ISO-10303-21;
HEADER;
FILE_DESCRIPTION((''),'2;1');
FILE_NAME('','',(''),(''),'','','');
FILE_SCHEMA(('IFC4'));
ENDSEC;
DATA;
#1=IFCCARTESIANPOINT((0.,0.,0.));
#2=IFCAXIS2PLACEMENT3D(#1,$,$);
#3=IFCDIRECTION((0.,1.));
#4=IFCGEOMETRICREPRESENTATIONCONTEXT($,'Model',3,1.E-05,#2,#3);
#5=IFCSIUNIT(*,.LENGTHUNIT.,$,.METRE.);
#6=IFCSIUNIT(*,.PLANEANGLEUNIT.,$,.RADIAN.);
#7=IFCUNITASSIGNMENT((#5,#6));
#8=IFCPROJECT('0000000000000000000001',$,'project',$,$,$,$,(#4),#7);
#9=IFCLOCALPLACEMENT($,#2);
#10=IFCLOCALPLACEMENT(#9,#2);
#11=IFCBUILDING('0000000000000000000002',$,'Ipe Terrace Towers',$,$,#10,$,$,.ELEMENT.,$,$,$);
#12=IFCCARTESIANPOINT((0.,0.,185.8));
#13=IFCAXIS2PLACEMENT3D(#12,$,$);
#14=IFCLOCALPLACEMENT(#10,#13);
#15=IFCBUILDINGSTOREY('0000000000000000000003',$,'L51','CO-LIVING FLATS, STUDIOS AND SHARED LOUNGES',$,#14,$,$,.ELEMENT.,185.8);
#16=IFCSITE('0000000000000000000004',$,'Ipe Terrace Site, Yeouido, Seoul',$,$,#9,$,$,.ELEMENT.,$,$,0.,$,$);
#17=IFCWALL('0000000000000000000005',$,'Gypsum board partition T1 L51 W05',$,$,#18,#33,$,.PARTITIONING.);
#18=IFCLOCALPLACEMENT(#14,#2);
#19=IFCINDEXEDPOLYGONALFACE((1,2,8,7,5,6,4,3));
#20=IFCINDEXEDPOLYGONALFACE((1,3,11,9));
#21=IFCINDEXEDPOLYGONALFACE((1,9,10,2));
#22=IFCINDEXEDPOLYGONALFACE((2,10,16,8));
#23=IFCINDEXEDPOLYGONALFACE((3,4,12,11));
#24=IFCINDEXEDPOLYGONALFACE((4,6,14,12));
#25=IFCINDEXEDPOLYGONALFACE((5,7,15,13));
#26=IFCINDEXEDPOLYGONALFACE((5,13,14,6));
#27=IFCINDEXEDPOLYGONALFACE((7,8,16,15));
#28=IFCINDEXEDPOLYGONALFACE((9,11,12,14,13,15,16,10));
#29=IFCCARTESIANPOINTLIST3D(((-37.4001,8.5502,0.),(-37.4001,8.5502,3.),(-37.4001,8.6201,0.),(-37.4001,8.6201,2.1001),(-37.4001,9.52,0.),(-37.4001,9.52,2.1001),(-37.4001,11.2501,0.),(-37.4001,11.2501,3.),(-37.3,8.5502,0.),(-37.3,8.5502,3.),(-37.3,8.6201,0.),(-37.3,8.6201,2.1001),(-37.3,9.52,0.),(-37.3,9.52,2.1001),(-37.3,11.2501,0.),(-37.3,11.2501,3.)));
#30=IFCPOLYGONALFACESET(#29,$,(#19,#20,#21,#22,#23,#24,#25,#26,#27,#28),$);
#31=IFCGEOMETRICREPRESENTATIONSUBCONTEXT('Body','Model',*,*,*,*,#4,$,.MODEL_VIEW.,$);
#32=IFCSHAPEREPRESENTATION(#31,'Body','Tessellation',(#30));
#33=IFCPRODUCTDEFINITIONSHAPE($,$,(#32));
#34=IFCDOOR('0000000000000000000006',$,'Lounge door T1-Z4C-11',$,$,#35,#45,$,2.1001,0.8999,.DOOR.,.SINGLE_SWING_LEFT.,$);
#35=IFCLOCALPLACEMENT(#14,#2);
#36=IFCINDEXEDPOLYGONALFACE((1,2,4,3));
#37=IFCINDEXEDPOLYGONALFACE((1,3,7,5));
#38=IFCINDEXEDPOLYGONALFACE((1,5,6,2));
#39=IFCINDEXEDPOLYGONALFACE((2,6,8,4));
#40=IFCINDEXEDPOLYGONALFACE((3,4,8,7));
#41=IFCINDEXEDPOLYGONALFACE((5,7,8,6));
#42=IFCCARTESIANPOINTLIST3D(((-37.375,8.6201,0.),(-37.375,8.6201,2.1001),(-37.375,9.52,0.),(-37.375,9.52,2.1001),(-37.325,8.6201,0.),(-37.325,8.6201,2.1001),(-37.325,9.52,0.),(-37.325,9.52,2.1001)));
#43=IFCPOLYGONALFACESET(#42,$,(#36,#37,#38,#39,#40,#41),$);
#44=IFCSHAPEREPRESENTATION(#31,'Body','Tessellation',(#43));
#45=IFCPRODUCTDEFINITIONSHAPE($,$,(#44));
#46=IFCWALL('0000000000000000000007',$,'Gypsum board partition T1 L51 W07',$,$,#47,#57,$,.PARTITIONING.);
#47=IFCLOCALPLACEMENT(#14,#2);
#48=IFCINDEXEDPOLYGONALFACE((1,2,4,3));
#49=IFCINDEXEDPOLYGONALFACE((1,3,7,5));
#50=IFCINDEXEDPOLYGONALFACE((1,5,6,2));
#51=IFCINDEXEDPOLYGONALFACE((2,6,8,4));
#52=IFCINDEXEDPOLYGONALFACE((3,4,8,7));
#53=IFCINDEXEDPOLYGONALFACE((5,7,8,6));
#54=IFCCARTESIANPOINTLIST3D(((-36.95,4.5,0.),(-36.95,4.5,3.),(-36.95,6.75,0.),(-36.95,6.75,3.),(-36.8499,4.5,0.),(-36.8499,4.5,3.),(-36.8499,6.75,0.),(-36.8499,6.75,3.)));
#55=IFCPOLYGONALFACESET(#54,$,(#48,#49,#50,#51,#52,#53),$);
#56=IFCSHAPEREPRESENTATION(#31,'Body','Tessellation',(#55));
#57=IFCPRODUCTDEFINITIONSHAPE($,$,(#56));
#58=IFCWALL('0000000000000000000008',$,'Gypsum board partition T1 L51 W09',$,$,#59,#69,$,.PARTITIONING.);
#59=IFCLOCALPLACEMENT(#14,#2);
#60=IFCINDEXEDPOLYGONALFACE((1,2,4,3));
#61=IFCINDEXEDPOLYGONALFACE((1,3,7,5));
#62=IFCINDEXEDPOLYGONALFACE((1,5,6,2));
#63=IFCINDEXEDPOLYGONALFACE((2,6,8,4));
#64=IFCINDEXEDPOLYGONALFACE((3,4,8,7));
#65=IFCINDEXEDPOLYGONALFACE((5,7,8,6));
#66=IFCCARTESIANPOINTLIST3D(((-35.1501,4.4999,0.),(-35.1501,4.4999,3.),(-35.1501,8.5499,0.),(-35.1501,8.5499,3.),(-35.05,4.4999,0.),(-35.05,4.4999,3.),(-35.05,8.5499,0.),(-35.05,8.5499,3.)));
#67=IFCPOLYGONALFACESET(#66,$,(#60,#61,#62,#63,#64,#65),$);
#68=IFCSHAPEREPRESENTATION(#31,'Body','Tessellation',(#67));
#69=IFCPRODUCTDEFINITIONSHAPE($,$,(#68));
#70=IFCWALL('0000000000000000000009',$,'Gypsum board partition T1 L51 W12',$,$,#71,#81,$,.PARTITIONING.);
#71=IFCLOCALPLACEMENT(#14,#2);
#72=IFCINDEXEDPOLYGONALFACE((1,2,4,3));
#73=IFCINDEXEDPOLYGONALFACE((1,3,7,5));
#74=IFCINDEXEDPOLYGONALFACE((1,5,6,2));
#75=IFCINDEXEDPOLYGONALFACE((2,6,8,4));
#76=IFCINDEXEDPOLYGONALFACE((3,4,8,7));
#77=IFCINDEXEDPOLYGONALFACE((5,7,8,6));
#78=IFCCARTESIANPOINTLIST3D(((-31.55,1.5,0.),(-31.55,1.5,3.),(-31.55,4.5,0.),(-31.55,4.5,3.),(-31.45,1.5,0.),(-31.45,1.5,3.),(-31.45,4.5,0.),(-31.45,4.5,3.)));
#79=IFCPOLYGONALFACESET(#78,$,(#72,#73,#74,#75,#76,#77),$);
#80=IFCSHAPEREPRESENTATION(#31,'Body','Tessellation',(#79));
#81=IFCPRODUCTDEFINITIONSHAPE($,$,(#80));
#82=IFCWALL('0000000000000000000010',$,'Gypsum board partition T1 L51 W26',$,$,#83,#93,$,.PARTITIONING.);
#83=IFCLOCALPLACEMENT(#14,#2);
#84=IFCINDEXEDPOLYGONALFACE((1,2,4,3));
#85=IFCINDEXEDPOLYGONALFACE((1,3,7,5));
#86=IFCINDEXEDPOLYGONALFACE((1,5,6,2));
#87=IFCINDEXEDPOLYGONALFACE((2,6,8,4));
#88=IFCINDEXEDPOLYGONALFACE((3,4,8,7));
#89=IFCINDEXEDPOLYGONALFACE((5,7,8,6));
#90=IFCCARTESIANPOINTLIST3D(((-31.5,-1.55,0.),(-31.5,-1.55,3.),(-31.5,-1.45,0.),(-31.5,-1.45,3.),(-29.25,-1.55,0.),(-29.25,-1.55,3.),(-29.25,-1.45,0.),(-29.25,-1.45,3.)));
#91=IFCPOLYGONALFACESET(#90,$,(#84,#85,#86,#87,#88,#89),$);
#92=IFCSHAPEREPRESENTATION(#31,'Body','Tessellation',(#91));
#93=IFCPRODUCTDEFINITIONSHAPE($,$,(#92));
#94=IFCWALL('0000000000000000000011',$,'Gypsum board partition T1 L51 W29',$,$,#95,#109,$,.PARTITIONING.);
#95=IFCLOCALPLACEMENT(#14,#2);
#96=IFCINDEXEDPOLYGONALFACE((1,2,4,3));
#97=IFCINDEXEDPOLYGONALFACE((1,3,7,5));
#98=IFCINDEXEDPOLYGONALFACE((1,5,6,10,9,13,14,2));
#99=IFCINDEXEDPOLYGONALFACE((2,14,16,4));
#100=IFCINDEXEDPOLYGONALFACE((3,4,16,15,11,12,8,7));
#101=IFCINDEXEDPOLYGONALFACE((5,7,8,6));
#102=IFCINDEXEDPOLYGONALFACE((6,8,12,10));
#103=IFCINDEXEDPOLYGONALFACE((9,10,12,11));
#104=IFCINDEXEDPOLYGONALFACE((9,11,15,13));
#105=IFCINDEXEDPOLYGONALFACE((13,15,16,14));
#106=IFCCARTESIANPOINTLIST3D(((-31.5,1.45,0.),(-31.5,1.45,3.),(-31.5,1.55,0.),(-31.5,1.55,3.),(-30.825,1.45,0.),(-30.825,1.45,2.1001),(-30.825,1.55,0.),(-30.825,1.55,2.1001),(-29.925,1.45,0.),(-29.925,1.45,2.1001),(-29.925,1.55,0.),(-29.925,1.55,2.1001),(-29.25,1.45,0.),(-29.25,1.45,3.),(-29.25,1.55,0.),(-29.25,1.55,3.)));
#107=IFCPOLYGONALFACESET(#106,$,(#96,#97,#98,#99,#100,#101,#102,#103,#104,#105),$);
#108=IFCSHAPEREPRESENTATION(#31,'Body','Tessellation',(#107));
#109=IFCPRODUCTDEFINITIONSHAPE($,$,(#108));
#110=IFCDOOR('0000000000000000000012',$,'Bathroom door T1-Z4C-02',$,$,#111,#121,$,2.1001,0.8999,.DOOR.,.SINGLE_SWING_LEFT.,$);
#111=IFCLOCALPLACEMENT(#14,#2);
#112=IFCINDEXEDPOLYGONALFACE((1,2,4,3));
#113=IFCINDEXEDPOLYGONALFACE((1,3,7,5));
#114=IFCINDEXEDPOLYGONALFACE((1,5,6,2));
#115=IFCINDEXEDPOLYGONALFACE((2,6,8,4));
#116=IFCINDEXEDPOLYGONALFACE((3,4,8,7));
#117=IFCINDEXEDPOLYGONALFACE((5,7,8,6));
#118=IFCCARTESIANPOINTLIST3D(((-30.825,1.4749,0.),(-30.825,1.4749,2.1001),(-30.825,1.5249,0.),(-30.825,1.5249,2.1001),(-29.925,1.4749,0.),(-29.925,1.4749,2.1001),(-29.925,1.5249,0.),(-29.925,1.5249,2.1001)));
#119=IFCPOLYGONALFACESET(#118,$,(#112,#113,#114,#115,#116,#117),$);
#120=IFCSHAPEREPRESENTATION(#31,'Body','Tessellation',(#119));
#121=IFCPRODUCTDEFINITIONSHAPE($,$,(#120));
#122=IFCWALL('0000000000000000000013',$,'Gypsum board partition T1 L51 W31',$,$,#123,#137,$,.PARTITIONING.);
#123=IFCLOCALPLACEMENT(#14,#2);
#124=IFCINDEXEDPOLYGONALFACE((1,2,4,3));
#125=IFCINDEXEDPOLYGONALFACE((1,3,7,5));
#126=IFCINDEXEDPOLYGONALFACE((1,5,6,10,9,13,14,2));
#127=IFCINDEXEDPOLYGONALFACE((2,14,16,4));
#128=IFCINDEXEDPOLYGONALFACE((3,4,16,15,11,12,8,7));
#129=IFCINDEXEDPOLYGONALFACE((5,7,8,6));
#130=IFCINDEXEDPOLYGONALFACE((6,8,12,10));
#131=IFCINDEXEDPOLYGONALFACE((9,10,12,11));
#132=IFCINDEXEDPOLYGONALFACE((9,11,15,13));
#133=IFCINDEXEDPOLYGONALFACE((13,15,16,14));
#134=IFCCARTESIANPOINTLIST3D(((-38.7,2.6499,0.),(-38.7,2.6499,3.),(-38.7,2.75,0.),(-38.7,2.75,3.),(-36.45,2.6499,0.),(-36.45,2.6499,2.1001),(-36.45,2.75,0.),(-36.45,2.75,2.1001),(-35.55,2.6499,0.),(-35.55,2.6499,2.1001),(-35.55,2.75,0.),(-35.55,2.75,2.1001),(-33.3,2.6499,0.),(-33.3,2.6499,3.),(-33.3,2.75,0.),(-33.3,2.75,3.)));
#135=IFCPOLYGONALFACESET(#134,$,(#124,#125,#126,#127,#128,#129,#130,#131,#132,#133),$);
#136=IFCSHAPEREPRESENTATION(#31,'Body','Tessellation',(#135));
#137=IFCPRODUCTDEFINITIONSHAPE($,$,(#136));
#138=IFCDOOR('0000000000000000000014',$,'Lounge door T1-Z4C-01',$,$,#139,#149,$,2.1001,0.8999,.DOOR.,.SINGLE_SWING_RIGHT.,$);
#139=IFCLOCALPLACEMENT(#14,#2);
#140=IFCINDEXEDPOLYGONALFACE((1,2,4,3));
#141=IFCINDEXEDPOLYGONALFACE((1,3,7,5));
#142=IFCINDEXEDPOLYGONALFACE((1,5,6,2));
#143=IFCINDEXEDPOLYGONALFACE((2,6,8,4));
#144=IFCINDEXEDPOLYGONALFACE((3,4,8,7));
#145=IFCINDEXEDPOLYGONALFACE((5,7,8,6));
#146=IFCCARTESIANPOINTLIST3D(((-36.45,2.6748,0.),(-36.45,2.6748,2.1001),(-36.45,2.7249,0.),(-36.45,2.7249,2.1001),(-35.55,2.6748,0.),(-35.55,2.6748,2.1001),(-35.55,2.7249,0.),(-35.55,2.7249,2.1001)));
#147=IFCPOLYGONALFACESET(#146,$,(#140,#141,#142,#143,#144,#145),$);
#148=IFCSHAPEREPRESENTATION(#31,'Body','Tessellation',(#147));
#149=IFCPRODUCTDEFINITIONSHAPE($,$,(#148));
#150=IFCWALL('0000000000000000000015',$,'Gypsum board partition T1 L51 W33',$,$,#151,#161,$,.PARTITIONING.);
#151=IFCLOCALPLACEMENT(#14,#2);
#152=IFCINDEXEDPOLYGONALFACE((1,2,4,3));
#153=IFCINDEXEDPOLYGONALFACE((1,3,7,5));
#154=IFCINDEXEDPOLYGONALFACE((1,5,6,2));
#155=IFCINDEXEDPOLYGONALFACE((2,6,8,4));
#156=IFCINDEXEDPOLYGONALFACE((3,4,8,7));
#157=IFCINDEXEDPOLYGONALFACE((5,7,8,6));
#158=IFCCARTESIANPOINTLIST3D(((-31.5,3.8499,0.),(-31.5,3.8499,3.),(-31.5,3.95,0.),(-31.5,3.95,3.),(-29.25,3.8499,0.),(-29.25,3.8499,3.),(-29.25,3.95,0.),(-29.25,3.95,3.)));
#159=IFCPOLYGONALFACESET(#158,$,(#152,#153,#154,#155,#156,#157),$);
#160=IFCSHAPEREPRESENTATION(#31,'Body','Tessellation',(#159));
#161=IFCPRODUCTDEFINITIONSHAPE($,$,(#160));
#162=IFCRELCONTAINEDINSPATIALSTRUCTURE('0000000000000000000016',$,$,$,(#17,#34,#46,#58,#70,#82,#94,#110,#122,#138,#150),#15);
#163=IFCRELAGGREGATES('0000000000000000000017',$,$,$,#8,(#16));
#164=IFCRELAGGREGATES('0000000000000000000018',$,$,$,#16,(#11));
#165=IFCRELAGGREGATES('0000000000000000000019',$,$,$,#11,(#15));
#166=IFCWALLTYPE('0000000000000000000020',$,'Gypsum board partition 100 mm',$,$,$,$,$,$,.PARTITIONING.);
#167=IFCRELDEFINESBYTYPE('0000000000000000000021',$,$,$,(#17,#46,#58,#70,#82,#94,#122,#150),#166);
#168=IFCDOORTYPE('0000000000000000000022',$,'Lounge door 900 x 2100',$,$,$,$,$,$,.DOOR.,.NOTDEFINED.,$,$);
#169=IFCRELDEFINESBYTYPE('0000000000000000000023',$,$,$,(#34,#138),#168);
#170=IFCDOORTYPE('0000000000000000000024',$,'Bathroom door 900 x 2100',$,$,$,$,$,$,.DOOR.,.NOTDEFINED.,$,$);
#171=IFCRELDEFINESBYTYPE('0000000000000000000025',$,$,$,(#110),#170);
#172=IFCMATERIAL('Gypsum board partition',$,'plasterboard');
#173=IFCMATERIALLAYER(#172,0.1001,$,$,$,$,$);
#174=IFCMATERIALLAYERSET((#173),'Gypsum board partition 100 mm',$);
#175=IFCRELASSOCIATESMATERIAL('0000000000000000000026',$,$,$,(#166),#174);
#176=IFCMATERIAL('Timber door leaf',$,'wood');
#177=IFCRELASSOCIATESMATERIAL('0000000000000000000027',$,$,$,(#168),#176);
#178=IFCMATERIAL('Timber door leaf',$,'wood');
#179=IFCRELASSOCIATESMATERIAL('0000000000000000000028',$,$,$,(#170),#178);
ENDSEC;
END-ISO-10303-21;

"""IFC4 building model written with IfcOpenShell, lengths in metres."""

from ifc_helpers import new_model, si_unit, direction, frame, frame_2d, origin, place, context, subcontext, project, spatial, rectangle, extrude, material, layer, layer_set, type_object, element, fill, save


model = new_model("IFC4")

# Units and contexts
model_context = context("Model", 3, precision=1e-05, world=origin(), true_north=direction((0.0, 1.0)))
body_context = subcontext(model_context, "Body", "Model", "MODEL_VIEW")
ifc_project = project(units=[si_unit("LENGTHUNIT", "METRE"), si_unit("PLANEANGLEUNIT", "RADIAN")], contexts=[model_context])

# Site, building, storey
site_placement = place(None, origin())
site = spatial("IfcSite", under=ifc_project, at=site_placement, Name="Ipe Terrace Site, Yeouido, Seoul", CompositionType="ELEMENT", RefElevation=0.0)
building_placement = place(site_placement, origin())
building = spatial("IfcBuilding", under=site, at=building_placement, Name="Ipe Terrace Towers", CompositionType="ELEMENT")
storey_placement = place(building_placement, frame((0.0, 0.0, 185.8)))
storey = spatial("IfcBuildingStorey", under=building, at=storey_placement, Name="L51", Description="CO-LIVING FLATS, STUDIOS AND SHARED LOUNGES", CompositionType="ELEMENT", Elevation=185.8)

# Wall, opening, door
ifc_material_1 = material(Name="Gypsum board partition", Category="plasterboard")
ifc_layer_1 = layer(ifc_material_1, 0.1001)
ifc_layer_set_1 = layer_set([ifc_layer_1], Name="Gypsum board partition 100 mm")
wall_type_1 = type_object("IfcWallType", Name="Gypsum board partition 100 mm", PredefinedType="PARTITIONING", material=ifc_layer_set_1)
ifc_material_2 = material(Name="Timber door leaf", Category="wood")
door_type_1 = type_object("IfcDoorType", Name="Lounge door 900 x 2100", OperationType="NOTDEFINED", PredefinedType="DOOR", material=ifc_material_2)
wall_1_placement = place(storey_placement, frame((-37.3501, 8.55, 0.0), z_axis=(0.0, 0.0, 1.0), x_axis=(0.0, 1.0, 0.0)))
wall_1 = element("IfcWall", 1, at=wall_1_placement, inside=storey, type_object=wall_type_1, Name="Gypsum board partition T1 L51 W05", PredefinedType="PARTITIONING", context=body_context, shape_type="SweptSolid", body=[
    extrude(rectangle(XDim=2.7, YDim=0.1001, at=frame_2d((1.3501, 0.0))), origin(), (0.0, 0.0, 1.0), 3.0),
])
opening_1_placement = place(wall_1_placement, frame((0.0701, 0.0, 0.0)))
opening_1 = element("IfcOpeningElement", 2, at=opening_1_placement, cuts=wall_1, PredefinedType="OPENING", context=body_context, shape_type="SweptSolid", body=[
    extrude(rectangle(XDim=0.8999, YDim=2.1001, at=frame_2d((0.45, 1.05))), frame((0.0, 0.0601, 0.0), z_axis=(0.0, -1.0, 0.0), x_axis=(1.0, 0.0, 0.0)), (0.0, 0.0, 1.0), 0.1201),
])
door_1_placement = place(opening_1_placement, origin())
door_1 = element("IfcDoor", 3, at=door_1_placement, inside=storey, type_object=door_type_1, Name="Lounge door T1-Z4C-11", OperationType="SINGLE_SWING_LEFT", OverallHeight=2.1001, OverallWidth=0.8999, PredefinedType="DOOR", context=body_context, shape_type="SweptSolid", body=[
    extrude(rectangle(XDim=0.8999, YDim=2.1001, at=frame_2d((0.45, 1.05))), frame((0.0, 0.0249, 0.0), z_axis=(0.0, -1.0, 0.0), x_axis=(1.0, 0.0, 0.0)), (0.0, 0.0, 1.0), 0.05),
])
fill(opening_1, door_1)

# Walls
wall_2_placement = place(storey_placement, frame((-36.8999, 4.5, 0.0), z_axis=(0.0, 0.0, 1.0), x_axis=(0.0, 1.0, 0.0)))
element("IfcWall", 4, at=wall_2_placement, inside=storey, type_object=wall_type_1, Name="Gypsum board partition T1 L51 W07", PredefinedType="PARTITIONING", context=body_context, shape_type="SweptSolid", body=[
    extrude(rectangle(XDim=2.25, YDim=0.1001, at=frame_2d((1.125, 0.0))), origin(), (0.0, 0.0, 1.0), 3.0),
])
wall_3_placement = place(storey_placement, frame((-35.1001, 4.5, 0.0), z_axis=(0.0, 0.0, 1.0), x_axis=(0.0, 1.0, 0.0)))
element("IfcWall", 5, at=wall_3_placement, inside=storey, type_object=wall_type_1, Name="Gypsum board partition T1 L51 W09", PredefinedType="PARTITIONING", context=body_context, shape_type="SweptSolid", body=[
    extrude(rectangle(XDim=4.05, YDim=0.1001, at=frame_2d((2.0249, 0.0))), origin(), (0.0, 0.0, 1.0), 3.0),
])
wall_4_placement = place(storey_placement, frame((-31.5, 1.5, 0.0), z_axis=(0.0, 0.0, 1.0), x_axis=(0.0, 1.0, 0.0)))
element("IfcWall", 6, at=wall_4_placement, inside=storey, type_object=wall_type_1, Name="Gypsum board partition T1 L51 W12", PredefinedType="PARTITIONING", context=body_context, shape_type="SweptSolid", body=[
    extrude(rectangle(XDim=3.0, YDim=0.1001, at=frame_2d((1.5, 0.0))), origin(), (0.0, 0.0, 1.0), 3.0),
])
wall_5_placement = place(storey_placement, frame((-31.5, -1.5, 0.0), z_axis=(0.0, 0.0, 1.0), x_axis=(1.0, 0.0, 0.0)))
element("IfcWall", 7, at=wall_5_placement, inside=storey, type_object=wall_type_1, Name="Gypsum board partition T1 L51 W26", PredefinedType="PARTITIONING", context=body_context, shape_type="SweptSolid", body=[
    extrude(rectangle(XDim=2.25, YDim=0.1001, at=frame_2d((1.125, 0.0))), origin(), (0.0, 0.0, 1.0), 3.0),
])

# Walls, openings, doors
wall_6_placement = place(storey_placement, frame((-31.5, 1.5, 0.0), z_axis=(0.0, 0.0, 1.0), x_axis=(1.0, 0.0, 0.0)))
wall_6 = element("IfcWall", 8, at=wall_6_placement, inside=storey, type_object=wall_type_1, Name="Gypsum board partition T1 L51 W29", PredefinedType="PARTITIONING", context=body_context, shape_type="SweptSolid", body=[
    extrude(rectangle(XDim=2.25, YDim=0.1001, at=frame_2d((1.125, 0.0))), origin(), (0.0, 0.0, 1.0), 3.0),
])
opening_2_placement = place(wall_6_placement, frame((0.675, 0.0, 0.0)))
opening_2 = element("IfcOpeningElement", 9, at=opening_2_placement, cuts=wall_6, PredefinedType="OPENING", context=body_context, shape_type="SweptSolid", body=[
    extrude(rectangle(XDim=0.8999, YDim=2.1001, at=frame_2d((0.45, 1.05))), frame((0.0, 0.0601, 0.0), z_axis=(0.0, -1.0, 0.0), x_axis=(1.0, 0.0, 0.0)), (0.0, 0.0, 1.0), 0.1201),
])
ifc_material_3 = material(Name="Timber door leaf", Category="wood")
door_type_2 = type_object("IfcDoorType", Name="Bathroom door 900 x 2100", OperationType="NOTDEFINED", PredefinedType="DOOR", material=ifc_material_3)
door_2_placement = place(opening_2_placement, origin())
door_2 = element("IfcDoor", 10, at=door_2_placement, inside=storey, type_object=door_type_2, Name="Bathroom door T1-Z4C-02", OperationType="SINGLE_SWING_LEFT", OverallHeight=2.1001, OverallWidth=0.8999, PredefinedType="DOOR", context=body_context, shape_type="SweptSolid", body=[
    extrude(rectangle(XDim=0.8999, YDim=2.1001, at=frame_2d((0.45, 1.05))), frame((0.0, 0.0249, 0.0), z_axis=(0.0, -1.0, 0.0), x_axis=(1.0, 0.0, 0.0)), (0.0, 0.0, 1.0), 0.05),
])
fill(opening_2, door_2)
wall_7_placement = place(storey_placement, frame((-38.7, 2.7, 0.0), z_axis=(0.0, 0.0, 1.0), x_axis=(1.0, 0.0, 0.0)))
wall_7 = element("IfcWall", 11, at=wall_7_placement, inside=storey, type_object=wall_type_1, Name="Gypsum board partition T1 L51 W31", PredefinedType="PARTITIONING", context=body_context, shape_type="SweptSolid", body=[
    extrude(rectangle(XDim=5.3999, YDim=0.1001, at=frame_2d((2.7, 0.0))), origin(), (0.0, 0.0, 1.0), 3.0),
])
opening_3_placement = place(wall_7_placement, frame((2.25, 0.0, 0.0)))
opening_3 = element("IfcOpeningElement", 12, at=opening_3_placement, cuts=wall_7, PredefinedType="OPENING", context=body_context, shape_type="SweptSolid", body=[
    extrude(rectangle(XDim=0.8999, YDim=2.1001, at=frame_2d((0.45, 1.05))), frame((0.0, 0.0601, 0.0), z_axis=(0.0, -1.0, 0.0), x_axis=(1.0, 0.0, 0.0)), (0.0, 0.0, 1.0), 0.1201),
])
door_3_placement = place(opening_3_placement, origin())
door_3 = element("IfcDoor", 13, at=door_3_placement, inside=storey, type_object=door_type_1, Name="Lounge door T1-Z4C-01", OperationType="SINGLE_SWING_RIGHT", OverallHeight=2.1001, OverallWidth=0.8999, PredefinedType="DOOR", context=body_context, shape_type="SweptSolid", body=[
    extrude(rectangle(XDim=0.8999, YDim=2.1001, at=frame_2d((0.45, 1.05))), frame((0.0, 0.0249, 0.0), z_axis=(0.0, -1.0, 0.0), x_axis=(1.0, 0.0, 0.0)), (0.0, 0.0, 1.0), 0.05),
])
fill(opening_3, door_3)

# Wall
wall_8_placement = place(storey_placement, frame((-31.5, 3.8999, 0.0), z_axis=(0.0, 0.0, 1.0), x_axis=(1.0, 0.0, 0.0)))
element("IfcWall", 14, at=wall_8_placement, inside=storey, type_object=wall_type_1, Name="Gypsum board partition T1 L51 W33", PredefinedType="PARTITIONING", context=body_context, shape_type="SweptSolid", body=[
    extrude(rectangle(XDim=2.25, YDim=0.1001, at=frame_2d((1.125, 0.0))), origin(), (0.0, 0.0, 1.0), 3.0),
])

save(model, "model.ifc")
